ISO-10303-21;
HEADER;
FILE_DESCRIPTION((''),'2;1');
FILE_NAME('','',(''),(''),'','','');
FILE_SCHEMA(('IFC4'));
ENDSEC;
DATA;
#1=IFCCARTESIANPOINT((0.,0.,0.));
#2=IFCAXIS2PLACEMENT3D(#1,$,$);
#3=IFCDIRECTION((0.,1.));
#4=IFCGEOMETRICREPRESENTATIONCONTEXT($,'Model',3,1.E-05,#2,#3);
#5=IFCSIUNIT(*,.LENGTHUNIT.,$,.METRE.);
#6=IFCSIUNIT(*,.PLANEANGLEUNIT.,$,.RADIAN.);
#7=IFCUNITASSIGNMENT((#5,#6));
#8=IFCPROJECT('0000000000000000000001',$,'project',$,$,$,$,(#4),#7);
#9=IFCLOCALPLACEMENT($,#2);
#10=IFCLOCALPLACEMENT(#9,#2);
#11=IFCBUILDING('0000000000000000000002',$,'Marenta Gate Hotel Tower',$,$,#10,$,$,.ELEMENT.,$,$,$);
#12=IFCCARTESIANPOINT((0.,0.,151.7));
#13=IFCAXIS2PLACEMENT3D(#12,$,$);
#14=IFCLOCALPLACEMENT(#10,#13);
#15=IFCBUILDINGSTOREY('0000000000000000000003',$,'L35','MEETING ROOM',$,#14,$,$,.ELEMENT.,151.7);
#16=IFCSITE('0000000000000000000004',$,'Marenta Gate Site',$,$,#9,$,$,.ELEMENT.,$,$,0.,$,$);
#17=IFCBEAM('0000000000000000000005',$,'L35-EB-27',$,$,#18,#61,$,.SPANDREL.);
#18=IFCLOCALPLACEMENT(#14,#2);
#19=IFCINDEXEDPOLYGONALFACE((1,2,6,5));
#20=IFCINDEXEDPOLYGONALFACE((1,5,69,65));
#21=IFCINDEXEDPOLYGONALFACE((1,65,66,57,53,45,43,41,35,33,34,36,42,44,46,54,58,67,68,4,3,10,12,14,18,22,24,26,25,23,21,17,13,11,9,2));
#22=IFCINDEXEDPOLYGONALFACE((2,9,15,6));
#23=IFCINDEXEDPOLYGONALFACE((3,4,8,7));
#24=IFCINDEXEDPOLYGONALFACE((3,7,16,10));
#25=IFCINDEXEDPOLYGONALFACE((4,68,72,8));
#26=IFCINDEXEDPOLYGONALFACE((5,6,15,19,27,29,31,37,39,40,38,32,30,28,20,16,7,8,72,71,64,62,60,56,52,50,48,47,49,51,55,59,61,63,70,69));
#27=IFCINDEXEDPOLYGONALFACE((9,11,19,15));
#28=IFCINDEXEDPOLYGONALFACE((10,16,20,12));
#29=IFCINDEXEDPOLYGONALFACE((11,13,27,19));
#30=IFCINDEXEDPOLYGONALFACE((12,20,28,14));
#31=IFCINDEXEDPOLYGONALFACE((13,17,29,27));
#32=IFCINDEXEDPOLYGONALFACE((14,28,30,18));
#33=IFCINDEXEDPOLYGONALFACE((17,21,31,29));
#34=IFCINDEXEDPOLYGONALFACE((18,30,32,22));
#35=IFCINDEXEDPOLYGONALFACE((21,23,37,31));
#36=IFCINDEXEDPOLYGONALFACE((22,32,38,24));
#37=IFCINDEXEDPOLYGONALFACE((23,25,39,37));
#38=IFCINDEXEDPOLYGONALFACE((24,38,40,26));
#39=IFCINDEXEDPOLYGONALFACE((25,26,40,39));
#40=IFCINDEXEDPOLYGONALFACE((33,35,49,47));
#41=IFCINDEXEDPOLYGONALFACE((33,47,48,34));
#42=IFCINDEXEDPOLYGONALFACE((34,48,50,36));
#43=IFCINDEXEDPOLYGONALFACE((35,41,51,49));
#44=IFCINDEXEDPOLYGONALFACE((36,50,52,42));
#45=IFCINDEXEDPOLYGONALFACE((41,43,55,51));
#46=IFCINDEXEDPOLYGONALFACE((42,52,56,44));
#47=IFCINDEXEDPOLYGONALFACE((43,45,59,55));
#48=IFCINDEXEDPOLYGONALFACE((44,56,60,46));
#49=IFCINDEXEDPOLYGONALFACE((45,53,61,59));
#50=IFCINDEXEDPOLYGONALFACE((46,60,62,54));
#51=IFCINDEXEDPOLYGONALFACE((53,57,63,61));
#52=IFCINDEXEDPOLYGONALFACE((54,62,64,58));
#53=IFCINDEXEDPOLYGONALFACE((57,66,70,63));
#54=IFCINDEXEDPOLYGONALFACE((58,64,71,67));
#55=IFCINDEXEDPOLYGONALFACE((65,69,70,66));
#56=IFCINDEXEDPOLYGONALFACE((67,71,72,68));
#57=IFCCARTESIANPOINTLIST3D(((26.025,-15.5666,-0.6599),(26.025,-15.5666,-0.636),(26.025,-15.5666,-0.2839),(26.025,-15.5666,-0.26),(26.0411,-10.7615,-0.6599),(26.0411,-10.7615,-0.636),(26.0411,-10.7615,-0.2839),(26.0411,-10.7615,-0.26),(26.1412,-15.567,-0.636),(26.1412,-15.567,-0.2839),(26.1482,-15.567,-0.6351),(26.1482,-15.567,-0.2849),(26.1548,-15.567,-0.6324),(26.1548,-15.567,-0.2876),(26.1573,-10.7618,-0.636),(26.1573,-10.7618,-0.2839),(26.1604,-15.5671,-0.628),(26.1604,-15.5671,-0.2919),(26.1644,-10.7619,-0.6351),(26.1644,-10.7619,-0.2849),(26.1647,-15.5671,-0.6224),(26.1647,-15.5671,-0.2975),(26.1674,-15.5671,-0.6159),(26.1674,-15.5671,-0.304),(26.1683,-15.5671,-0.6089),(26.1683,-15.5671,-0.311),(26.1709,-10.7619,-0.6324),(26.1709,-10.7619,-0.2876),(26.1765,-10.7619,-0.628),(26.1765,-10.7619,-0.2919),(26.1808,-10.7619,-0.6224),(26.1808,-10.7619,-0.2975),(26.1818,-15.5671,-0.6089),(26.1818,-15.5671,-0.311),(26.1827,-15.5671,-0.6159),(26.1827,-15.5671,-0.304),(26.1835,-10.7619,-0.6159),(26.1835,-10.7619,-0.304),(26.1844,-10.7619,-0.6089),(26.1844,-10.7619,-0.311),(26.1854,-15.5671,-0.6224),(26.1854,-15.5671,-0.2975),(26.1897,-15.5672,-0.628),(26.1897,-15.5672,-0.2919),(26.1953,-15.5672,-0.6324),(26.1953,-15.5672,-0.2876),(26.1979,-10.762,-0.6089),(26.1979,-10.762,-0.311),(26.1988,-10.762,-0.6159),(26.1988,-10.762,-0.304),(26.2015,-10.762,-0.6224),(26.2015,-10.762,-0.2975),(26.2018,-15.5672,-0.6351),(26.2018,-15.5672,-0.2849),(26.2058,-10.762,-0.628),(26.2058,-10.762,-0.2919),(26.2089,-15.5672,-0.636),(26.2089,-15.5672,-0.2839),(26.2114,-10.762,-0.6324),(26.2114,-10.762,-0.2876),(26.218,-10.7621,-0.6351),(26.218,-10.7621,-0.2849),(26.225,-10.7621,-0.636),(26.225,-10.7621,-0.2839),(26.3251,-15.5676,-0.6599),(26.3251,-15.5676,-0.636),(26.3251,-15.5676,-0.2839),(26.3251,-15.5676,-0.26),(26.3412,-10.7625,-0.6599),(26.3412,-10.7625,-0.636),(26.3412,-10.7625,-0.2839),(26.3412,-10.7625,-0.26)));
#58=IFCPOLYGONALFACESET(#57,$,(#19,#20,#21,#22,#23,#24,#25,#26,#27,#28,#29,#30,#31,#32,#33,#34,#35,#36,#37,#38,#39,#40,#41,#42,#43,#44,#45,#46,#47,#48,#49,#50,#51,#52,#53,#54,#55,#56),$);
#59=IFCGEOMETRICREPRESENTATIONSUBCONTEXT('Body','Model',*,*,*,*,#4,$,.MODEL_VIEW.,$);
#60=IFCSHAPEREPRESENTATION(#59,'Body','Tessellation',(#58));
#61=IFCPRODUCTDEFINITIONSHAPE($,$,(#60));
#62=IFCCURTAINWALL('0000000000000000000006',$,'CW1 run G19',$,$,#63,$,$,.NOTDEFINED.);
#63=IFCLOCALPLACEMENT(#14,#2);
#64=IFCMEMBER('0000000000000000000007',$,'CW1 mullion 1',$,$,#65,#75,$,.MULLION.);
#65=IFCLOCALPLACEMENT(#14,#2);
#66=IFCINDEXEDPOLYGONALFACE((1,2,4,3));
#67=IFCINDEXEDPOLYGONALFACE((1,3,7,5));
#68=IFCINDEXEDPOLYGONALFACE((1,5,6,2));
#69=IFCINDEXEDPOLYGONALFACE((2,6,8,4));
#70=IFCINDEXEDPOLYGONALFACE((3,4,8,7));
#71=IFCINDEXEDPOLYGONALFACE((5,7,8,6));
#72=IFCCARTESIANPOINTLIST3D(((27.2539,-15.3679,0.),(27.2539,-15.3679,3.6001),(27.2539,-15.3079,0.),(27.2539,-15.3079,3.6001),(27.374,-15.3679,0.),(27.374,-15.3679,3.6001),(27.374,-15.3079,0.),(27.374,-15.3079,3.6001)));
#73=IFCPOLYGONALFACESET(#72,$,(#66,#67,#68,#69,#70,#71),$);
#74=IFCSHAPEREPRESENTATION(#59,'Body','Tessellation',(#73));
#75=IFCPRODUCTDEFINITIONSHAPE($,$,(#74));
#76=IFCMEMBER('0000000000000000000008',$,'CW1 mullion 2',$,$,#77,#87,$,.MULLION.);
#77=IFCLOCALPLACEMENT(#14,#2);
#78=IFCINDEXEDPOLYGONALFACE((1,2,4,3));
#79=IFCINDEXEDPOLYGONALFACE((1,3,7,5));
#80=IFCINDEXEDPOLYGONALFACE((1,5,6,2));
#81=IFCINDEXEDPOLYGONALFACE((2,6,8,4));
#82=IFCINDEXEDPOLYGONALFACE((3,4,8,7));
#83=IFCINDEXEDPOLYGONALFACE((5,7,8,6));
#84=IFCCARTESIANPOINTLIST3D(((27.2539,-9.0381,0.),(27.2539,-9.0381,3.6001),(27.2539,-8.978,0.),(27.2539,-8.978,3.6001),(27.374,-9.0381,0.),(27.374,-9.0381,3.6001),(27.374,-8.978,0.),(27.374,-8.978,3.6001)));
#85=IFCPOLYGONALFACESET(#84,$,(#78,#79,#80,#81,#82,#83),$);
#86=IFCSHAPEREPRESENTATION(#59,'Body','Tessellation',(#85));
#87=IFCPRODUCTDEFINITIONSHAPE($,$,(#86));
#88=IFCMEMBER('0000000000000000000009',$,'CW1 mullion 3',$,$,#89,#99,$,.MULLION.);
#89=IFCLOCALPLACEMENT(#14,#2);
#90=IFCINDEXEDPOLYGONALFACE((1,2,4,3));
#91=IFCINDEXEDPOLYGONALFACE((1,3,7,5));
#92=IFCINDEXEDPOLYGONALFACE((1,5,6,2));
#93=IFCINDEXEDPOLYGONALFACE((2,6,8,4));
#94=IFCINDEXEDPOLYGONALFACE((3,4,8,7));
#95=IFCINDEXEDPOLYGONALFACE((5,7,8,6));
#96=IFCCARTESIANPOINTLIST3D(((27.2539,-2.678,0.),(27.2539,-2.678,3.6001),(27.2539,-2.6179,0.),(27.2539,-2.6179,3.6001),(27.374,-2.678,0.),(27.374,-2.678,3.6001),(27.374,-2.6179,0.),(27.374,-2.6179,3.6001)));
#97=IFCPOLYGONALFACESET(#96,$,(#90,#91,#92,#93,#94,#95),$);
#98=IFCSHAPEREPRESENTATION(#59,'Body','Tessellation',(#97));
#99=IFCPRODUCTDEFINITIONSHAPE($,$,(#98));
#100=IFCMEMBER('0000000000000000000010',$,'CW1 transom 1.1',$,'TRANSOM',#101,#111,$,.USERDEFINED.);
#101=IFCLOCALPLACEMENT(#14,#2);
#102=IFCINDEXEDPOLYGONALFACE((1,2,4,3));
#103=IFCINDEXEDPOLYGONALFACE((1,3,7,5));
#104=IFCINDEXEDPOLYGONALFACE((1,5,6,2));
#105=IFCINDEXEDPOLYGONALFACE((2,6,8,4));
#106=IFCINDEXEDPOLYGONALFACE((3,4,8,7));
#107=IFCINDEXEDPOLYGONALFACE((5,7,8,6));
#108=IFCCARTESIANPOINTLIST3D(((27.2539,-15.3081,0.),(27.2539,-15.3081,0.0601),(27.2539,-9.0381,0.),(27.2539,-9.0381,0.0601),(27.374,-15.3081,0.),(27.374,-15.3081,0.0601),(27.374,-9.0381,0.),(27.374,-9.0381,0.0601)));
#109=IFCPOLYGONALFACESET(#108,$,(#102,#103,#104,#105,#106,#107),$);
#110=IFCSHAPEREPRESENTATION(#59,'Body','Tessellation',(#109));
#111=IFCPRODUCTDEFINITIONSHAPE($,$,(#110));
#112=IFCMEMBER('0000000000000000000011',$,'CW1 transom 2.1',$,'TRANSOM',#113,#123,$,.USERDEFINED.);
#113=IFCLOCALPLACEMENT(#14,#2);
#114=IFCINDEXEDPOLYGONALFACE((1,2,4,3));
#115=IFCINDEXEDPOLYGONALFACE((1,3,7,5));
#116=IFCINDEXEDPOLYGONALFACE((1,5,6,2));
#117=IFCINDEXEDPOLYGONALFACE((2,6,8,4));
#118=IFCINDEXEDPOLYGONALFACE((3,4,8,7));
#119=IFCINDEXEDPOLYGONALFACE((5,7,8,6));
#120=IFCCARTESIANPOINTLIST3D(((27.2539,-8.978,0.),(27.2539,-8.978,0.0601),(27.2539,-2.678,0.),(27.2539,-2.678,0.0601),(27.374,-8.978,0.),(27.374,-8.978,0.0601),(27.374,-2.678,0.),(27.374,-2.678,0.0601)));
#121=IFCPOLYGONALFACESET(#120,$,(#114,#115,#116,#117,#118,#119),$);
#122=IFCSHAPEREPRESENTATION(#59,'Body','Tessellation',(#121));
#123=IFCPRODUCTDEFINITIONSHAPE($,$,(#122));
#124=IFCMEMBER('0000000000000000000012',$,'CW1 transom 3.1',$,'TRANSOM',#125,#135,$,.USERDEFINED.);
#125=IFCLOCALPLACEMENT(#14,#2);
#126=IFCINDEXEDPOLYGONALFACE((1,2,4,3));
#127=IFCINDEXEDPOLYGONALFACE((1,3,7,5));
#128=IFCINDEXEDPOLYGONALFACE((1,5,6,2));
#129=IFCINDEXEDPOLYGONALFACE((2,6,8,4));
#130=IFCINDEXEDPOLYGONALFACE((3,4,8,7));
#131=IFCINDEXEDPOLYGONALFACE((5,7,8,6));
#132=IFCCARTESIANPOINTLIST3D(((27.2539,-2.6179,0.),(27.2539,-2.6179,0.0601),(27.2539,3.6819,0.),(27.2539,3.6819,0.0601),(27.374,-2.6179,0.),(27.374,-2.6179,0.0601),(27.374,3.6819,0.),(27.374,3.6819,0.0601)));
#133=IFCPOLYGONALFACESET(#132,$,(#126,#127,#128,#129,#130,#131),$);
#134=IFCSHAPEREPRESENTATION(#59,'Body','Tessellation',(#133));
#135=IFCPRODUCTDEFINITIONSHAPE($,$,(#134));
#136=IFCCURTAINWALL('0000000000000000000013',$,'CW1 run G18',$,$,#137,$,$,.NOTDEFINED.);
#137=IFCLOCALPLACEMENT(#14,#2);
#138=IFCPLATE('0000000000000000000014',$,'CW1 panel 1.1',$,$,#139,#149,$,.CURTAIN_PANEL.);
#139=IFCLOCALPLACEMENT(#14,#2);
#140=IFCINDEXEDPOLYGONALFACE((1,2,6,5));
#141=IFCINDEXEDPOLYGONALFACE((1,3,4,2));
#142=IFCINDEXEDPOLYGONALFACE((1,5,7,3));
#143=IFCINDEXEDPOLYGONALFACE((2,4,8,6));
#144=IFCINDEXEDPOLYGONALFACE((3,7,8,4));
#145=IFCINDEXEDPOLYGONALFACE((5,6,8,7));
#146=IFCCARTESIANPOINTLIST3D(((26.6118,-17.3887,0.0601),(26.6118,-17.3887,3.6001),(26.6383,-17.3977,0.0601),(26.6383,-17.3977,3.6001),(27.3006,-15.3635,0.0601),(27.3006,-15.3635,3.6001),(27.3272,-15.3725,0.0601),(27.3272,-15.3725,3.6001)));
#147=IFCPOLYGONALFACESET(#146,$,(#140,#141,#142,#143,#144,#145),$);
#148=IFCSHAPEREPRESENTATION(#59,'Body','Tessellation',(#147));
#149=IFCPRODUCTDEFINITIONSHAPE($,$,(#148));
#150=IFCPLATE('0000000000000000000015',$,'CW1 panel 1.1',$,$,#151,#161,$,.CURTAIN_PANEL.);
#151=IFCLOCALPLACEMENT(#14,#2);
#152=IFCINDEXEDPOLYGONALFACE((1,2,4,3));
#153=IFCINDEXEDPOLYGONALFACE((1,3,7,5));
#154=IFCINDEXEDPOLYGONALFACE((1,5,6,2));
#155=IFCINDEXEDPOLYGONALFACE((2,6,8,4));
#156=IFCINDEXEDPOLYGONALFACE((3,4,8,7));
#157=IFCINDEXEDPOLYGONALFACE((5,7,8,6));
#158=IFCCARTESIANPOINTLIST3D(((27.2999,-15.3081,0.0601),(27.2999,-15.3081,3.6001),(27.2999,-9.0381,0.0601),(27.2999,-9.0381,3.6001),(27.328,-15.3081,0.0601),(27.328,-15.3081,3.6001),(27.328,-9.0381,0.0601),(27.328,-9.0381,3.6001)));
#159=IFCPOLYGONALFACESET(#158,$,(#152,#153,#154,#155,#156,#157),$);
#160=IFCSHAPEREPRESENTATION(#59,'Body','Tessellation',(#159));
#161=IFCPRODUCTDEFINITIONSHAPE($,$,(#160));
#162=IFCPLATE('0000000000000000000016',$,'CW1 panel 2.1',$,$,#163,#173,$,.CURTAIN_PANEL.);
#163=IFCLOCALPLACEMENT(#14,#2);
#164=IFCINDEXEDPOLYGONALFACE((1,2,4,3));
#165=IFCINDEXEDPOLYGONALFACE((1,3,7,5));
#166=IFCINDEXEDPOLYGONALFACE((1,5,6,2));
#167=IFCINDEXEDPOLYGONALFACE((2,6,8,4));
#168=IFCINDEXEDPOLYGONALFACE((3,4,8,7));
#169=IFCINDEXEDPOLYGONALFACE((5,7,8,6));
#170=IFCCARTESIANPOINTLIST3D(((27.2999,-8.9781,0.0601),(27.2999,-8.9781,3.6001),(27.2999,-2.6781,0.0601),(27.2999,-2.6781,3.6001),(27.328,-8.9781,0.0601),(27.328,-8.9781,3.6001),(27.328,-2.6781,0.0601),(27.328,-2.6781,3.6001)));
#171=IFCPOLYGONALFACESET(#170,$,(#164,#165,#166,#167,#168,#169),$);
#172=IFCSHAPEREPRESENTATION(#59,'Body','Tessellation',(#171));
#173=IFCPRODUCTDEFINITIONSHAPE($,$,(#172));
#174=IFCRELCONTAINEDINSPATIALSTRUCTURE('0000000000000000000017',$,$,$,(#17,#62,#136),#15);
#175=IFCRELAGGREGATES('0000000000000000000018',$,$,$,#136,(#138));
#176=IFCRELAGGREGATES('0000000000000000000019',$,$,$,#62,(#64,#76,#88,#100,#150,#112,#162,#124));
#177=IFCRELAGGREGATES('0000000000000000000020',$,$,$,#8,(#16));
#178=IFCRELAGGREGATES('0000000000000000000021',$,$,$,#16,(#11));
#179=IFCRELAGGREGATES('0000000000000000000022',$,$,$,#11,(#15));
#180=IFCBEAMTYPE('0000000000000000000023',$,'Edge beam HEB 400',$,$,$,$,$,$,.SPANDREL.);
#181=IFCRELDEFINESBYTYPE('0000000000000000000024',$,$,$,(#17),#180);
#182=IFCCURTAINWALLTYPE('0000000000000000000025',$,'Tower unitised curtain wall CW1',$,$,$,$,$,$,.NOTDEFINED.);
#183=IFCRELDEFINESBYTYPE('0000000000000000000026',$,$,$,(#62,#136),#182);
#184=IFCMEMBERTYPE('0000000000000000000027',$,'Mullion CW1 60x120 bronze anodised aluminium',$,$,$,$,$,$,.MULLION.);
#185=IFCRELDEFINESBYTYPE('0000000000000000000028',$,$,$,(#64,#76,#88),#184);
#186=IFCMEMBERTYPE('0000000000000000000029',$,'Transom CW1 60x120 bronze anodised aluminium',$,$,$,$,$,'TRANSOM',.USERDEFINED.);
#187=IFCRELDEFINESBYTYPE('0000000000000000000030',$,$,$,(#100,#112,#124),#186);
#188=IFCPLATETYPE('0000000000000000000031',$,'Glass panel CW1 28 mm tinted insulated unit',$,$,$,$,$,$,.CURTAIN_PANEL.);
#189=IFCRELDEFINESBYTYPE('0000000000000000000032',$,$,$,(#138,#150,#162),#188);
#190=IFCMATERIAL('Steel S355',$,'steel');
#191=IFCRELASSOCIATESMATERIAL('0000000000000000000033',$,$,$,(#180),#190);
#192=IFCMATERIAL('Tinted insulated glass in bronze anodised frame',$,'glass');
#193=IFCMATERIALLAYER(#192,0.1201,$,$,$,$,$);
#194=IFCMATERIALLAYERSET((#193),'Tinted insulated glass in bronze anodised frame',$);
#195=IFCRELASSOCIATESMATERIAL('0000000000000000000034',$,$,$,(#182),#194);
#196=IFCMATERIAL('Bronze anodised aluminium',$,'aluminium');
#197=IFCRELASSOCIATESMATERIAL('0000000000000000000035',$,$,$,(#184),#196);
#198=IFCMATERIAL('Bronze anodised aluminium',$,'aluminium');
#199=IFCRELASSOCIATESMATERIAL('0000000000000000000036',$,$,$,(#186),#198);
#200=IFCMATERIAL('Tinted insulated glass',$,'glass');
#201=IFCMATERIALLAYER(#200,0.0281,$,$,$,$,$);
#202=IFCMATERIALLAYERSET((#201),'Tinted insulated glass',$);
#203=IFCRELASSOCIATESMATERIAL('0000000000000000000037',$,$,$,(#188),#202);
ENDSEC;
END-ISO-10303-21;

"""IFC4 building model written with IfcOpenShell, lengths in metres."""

from ifc_helpers import new_model, si_unit, direction, frame, origin, origin_2d, place, context, subcontext, project, spatial, rectangle, i_section, extrude, material, layer, layer_set, material_profile, profile_set, type_object, element, aggregate, save


model = new_model("IFC4")

# Units and contexts
model_context = context("Model", 3, precision=1e-05, world=origin(), true_north=direction((0.0, 1.0)))
body_context = subcontext(model_context, "Body", "Model", "MODEL_VIEW")
ifc_project = project(units=[si_unit("LENGTHUNIT", "METRE"), si_unit("PLANEANGLEUNIT", "RADIAN")], contexts=[model_context])

# Site, building, storey
site_placement = place(None, origin())
site = spatial("IfcSite", under=ifc_project, at=site_placement, Name="Marenta Gate Site", CompositionType="ELEMENT", RefElevation=0.0)
building_placement = place(site_placement, origin())
building = spatial("IfcBuilding", under=site, at=building_placement, Name="Marenta Gate Hotel Tower", CompositionType="ELEMENT")
storey_placement = place(building_placement, frame((0.0, 0.0, 151.7)))
storey = spatial("IfcBuildingStorey", under=building, at=storey_placement, Name="L35", Description="MEETING ROOM", CompositionType="ELEMENT", Elevation=151.7)

# Beam
ifc_material_1 = material(Name="Steel S355", Category="steel")
ifc_material_profile_1 = material_profile(ifc_material_1, i_section(OverallWidth=0.3, OverallDepth=0.3999, WebThickness=0.0134, FlangeThickness=0.0239, FilletRadius=0.0271, at=origin_2d()), Name="HEB 400")
ifc_profile_set_1 = profile_set([ifc_material_profile_1], Name="Steel S355")
beam_type = type_object("IfcBeamType", Name="Edge beam HEB 400", PredefinedType="SPANDREL", material=ifc_profile_set_1)
beam_1_placement = place(storey_placement, frame((26.1912, -10.762, -0.46), z_axis=(-0.003353, -0.999994, 0.0), x_axis=(0.999994, -0.003353, 0.0)))
element("IfcBeam", 1, at=beam_1_placement, inside=storey, type_object=beam_type, Name="L35-EB-27", PredefinedType="SPANDREL", context=body_context, shape_type="SweptSolid", body=[
    extrude(i_section(OverallWidth=0.3, OverallDepth=0.3999, WebThickness=0.0134, FlangeThickness=0.0239, FilletRadius=0.0271, at=origin_2d()), origin(), (0.0, 0.0, 1.0), 4.8052),
])

# Curtain wall, members
ifc_material_2 = material(Name="Tinted insulated glass in bronze anodised frame", Category="glass")
ifc_layer_1 = layer(ifc_material_2, 0.1201)
ifc_layer_set_1 = layer_set([ifc_layer_1], Name="Tinted insulated glass in bronze anodised frame")
curtain_wall_type = type_object("IfcCurtainWallType", Name="Tower unitised curtain wall CW1", PredefinedType="NOTDEFINED", material=ifc_layer_set_1)
curtain_wall_1_placement = place(storey_placement, origin())
curtain_wall_1 = element("IfcCurtainWall", 2, at=curtain_wall_1_placement, inside=storey, type_object=curtain_wall_type, Name="CW1 run G19", PredefinedType="NOTDEFINED")
ifc_material_3 = material(Name="Bronze anodised aluminium", Category="aluminium")
ifc_material_profile_2 = material_profile(ifc_material_3, rectangle(XDim=0.1201, YDim=0.0601, at=origin_2d()), Name="Mullion CW1 60x120 bronze anodised aluminium")
ifc_profile_set_2 = profile_set([ifc_material_profile_2], Name="Bronze anodised aluminium")
member_type_1 = type_object("IfcMemberType", Name="Mullion CW1 60x120 bronze anodised aluminium", PredefinedType="MULLION", material=ifc_profile_set_2)
member_1_placement = place(storey_placement, frame((27.314, -15.3379, 0.0), z_axis=(0.0, 0.0, 1.0), x_axis=(-1.0, 0.0, 0.0)))
member_1 = element("IfcMember", 3, at=member_1_placement, type_object=member_type_1, Name="CW1 mullion 1", PredefinedType="MULLION", context=body_context, shape_type="SweptSolid", body=[
    extrude(rectangle(XDim=0.1201, YDim=0.0601, at=origin_2d()), origin(), (0.0, 0.0, 1.0), 3.6001),
])
member_2_placement = place(storey_placement, frame((27.314, -9.0081, 0.0), z_axis=(0.0, 0.0, 1.0), x_axis=(-1.0, 0.0, 0.0)))
member_2 = element("IfcMember", 4, at=member_2_placement, type_object=member_type_1, Name="CW1 mullion 2", PredefinedType="MULLION", context=body_context, shape_type="SweptSolid", body=[
    extrude(rectangle(XDim=0.1201, YDim=0.0601, at=origin_2d()), origin(), (0.0, 0.0, 1.0), 3.6001),
])
member_3_placement = place(storey_placement, frame((27.314, -2.6479, 0.0), z_axis=(0.0, 0.0, 1.0), x_axis=(-1.0, 0.0, 0.0)))
member_3 = element("IfcMember", 5, at=member_3_placement, type_object=member_type_1, Name="CW1 mullion 3", PredefinedType="MULLION", context=body_context, shape_type="SweptSolid", body=[
    extrude(rectangle(XDim=0.1201, YDim=0.0601, at=origin_2d()), origin(), (0.0, 0.0, 1.0), 3.6001),
])
ifc_material_4 = material(Name="Bronze anodised aluminium", Category="aluminium")
ifc_material_profile_3 = material_profile(ifc_material_4, rectangle(XDim=0.1201, YDim=0.0601, at=origin_2d()), Name="Transom CW1 60x120 bronze anodised aluminium")
ifc_profile_set_3 = profile_set([ifc_material_profile_3], Name="Bronze anodised aluminium")
member_type_2 = type_object("IfcMemberType", Name="Transom CW1 60x120 bronze anodised aluminium", ElementType="TRANSOM", PredefinedType="USERDEFINED", material=ifc_profile_set_3)
member_4_placement = place(storey_placement, frame((27.314, -15.3081, 0.03), z_axis=(0.0, 1.0, 0.0), x_axis=(-1.0, 0.0, 0.0)))
member_4 = element("IfcMember", 6, at=member_4_placement, type_object=member_type_2, Name="CW1 transom 1.1", ObjectType="TRANSOM", PredefinedType="USERDEFINED", context=body_context, shape_type="SweptSolid", body=[
    extrude(rectangle(XDim=0.1201, YDim=0.0601, at=origin_2d()), origin(), (0.0, 0.0, 1.0), 6.27),
])
member_5_placement = place(storey_placement, frame((27.314, -8.978, 0.03), z_axis=(0.0, 1.0, 0.0), x_axis=(-1.0, 0.0, 0.0)))
member_5 = element("IfcMember", 7, at=member_5_placement, type_object=member_type_2, Name="CW1 transom 2.1", ObjectType="TRANSOM", PredefinedType="USERDEFINED", context=body_context, shape_type="SweptSolid", body=[
    extrude(rectangle(XDim=0.1201, YDim=0.0601, at=origin_2d()), origin(), (0.0, 0.0, 1.0), 6.3),
])
member_6_placement = place(storey_placement, frame((27.314, -2.6179, 0.03), z_axis=(0.0, 1.0, 0.0), x_axis=(-1.0, 0.0, 0.0)))
member_6 = element("IfcMember", 8, at=member_6_placement, type_object=member_type_2, Name="CW1 transom 3.1", ObjectType="TRANSOM", PredefinedType="USERDEFINED", context=body_context, shape_type="SweptSolid", body=[
    extrude(rectangle(XDim=0.1201, YDim=0.0601, at=origin_2d()), origin(), (0.0, 0.0, 1.0), 6.2998),
])

# Curtain wall, plate
curtain_wall_2_placement = place(storey_placement, origin())
curtain_wall_2 = element("IfcCurtainWall", 9, at=curtain_wall_2_placement, inside=storey, type_object=curtain_wall_type, Name="CW1 run G18", PredefinedType="NOTDEFINED")
ifc_material_5 = material(Name="Tinted insulated glass", Category="glass")
ifc_layer_2 = layer(ifc_material_5, 0.0281)
ifc_layer_set_2 = layer_set([ifc_layer_2], Name="Tinted insulated glass")
plate_type = type_object("IfcPlateType", Name="Glass panel CW1 28 mm tinted insulated unit", PredefinedType="CURTAIN_PANEL", material=ifc_layer_set_2)
plate_1_placement = place(storey_placement, frame((26.9695, -16.3806, 0.0601), z_axis=(0.0, 0.0, 1.0), x_axis=(0.322033, 0.946728, 0.0)))
plate_1 = element("IfcPlate", 10, at=plate_1_placement, type_object=plate_type, Name="CW1 panel 1.1", PredefinedType="CURTAIN_PANEL", context=body_context, shape_type="SweptSolid", body=[
    extrude(rectangle(XDim=2.1392, YDim=0.0281, at=origin_2d()), origin(), (0.0, 0.0, 1.0), 3.54),
])
aggregate(curtain_wall_2, [plate_1])

# Plates
plate_2_placement = place(storey_placement, frame((27.314, -12.1731, 0.0601), z_axis=(0.0, 0.0, 1.0), x_axis=(0.0, 1.0, 0.0)))
plate_2 = element("IfcPlate", 11, at=plate_2_placement, type_object=plate_type, Name="CW1 panel 1.1", PredefinedType="CURTAIN_PANEL", context=body_context, shape_type="SweptSolid", body=[
    extrude(rectangle(XDim=6.27, YDim=0.0281, at=origin_2d()), origin(), (0.0, 0.0, 1.0), 3.54),
])
plate_3_placement = place(storey_placement, frame((27.314, -5.8281, 0.0601), z_axis=(0.0, 0.0, 1.0), x_axis=(0.0, 1.0, 0.0)))
plate_3 = element("IfcPlate", 12, at=plate_3_placement, type_object=plate_type, Name="CW1 panel 2.1", PredefinedType="CURTAIN_PANEL", context=body_context, shape_type="SweptSolid", body=[
    extrude(rectangle(XDim=6.3, YDim=0.0281, at=origin_2d()), origin(), (0.0, 0.0, 1.0), 3.54),
])
aggregate(curtain_wall_1, [member_1, member_2, member_3, member_4, plate_2, member_5, plate_3, member_6])

save(model, "model.ifc")
